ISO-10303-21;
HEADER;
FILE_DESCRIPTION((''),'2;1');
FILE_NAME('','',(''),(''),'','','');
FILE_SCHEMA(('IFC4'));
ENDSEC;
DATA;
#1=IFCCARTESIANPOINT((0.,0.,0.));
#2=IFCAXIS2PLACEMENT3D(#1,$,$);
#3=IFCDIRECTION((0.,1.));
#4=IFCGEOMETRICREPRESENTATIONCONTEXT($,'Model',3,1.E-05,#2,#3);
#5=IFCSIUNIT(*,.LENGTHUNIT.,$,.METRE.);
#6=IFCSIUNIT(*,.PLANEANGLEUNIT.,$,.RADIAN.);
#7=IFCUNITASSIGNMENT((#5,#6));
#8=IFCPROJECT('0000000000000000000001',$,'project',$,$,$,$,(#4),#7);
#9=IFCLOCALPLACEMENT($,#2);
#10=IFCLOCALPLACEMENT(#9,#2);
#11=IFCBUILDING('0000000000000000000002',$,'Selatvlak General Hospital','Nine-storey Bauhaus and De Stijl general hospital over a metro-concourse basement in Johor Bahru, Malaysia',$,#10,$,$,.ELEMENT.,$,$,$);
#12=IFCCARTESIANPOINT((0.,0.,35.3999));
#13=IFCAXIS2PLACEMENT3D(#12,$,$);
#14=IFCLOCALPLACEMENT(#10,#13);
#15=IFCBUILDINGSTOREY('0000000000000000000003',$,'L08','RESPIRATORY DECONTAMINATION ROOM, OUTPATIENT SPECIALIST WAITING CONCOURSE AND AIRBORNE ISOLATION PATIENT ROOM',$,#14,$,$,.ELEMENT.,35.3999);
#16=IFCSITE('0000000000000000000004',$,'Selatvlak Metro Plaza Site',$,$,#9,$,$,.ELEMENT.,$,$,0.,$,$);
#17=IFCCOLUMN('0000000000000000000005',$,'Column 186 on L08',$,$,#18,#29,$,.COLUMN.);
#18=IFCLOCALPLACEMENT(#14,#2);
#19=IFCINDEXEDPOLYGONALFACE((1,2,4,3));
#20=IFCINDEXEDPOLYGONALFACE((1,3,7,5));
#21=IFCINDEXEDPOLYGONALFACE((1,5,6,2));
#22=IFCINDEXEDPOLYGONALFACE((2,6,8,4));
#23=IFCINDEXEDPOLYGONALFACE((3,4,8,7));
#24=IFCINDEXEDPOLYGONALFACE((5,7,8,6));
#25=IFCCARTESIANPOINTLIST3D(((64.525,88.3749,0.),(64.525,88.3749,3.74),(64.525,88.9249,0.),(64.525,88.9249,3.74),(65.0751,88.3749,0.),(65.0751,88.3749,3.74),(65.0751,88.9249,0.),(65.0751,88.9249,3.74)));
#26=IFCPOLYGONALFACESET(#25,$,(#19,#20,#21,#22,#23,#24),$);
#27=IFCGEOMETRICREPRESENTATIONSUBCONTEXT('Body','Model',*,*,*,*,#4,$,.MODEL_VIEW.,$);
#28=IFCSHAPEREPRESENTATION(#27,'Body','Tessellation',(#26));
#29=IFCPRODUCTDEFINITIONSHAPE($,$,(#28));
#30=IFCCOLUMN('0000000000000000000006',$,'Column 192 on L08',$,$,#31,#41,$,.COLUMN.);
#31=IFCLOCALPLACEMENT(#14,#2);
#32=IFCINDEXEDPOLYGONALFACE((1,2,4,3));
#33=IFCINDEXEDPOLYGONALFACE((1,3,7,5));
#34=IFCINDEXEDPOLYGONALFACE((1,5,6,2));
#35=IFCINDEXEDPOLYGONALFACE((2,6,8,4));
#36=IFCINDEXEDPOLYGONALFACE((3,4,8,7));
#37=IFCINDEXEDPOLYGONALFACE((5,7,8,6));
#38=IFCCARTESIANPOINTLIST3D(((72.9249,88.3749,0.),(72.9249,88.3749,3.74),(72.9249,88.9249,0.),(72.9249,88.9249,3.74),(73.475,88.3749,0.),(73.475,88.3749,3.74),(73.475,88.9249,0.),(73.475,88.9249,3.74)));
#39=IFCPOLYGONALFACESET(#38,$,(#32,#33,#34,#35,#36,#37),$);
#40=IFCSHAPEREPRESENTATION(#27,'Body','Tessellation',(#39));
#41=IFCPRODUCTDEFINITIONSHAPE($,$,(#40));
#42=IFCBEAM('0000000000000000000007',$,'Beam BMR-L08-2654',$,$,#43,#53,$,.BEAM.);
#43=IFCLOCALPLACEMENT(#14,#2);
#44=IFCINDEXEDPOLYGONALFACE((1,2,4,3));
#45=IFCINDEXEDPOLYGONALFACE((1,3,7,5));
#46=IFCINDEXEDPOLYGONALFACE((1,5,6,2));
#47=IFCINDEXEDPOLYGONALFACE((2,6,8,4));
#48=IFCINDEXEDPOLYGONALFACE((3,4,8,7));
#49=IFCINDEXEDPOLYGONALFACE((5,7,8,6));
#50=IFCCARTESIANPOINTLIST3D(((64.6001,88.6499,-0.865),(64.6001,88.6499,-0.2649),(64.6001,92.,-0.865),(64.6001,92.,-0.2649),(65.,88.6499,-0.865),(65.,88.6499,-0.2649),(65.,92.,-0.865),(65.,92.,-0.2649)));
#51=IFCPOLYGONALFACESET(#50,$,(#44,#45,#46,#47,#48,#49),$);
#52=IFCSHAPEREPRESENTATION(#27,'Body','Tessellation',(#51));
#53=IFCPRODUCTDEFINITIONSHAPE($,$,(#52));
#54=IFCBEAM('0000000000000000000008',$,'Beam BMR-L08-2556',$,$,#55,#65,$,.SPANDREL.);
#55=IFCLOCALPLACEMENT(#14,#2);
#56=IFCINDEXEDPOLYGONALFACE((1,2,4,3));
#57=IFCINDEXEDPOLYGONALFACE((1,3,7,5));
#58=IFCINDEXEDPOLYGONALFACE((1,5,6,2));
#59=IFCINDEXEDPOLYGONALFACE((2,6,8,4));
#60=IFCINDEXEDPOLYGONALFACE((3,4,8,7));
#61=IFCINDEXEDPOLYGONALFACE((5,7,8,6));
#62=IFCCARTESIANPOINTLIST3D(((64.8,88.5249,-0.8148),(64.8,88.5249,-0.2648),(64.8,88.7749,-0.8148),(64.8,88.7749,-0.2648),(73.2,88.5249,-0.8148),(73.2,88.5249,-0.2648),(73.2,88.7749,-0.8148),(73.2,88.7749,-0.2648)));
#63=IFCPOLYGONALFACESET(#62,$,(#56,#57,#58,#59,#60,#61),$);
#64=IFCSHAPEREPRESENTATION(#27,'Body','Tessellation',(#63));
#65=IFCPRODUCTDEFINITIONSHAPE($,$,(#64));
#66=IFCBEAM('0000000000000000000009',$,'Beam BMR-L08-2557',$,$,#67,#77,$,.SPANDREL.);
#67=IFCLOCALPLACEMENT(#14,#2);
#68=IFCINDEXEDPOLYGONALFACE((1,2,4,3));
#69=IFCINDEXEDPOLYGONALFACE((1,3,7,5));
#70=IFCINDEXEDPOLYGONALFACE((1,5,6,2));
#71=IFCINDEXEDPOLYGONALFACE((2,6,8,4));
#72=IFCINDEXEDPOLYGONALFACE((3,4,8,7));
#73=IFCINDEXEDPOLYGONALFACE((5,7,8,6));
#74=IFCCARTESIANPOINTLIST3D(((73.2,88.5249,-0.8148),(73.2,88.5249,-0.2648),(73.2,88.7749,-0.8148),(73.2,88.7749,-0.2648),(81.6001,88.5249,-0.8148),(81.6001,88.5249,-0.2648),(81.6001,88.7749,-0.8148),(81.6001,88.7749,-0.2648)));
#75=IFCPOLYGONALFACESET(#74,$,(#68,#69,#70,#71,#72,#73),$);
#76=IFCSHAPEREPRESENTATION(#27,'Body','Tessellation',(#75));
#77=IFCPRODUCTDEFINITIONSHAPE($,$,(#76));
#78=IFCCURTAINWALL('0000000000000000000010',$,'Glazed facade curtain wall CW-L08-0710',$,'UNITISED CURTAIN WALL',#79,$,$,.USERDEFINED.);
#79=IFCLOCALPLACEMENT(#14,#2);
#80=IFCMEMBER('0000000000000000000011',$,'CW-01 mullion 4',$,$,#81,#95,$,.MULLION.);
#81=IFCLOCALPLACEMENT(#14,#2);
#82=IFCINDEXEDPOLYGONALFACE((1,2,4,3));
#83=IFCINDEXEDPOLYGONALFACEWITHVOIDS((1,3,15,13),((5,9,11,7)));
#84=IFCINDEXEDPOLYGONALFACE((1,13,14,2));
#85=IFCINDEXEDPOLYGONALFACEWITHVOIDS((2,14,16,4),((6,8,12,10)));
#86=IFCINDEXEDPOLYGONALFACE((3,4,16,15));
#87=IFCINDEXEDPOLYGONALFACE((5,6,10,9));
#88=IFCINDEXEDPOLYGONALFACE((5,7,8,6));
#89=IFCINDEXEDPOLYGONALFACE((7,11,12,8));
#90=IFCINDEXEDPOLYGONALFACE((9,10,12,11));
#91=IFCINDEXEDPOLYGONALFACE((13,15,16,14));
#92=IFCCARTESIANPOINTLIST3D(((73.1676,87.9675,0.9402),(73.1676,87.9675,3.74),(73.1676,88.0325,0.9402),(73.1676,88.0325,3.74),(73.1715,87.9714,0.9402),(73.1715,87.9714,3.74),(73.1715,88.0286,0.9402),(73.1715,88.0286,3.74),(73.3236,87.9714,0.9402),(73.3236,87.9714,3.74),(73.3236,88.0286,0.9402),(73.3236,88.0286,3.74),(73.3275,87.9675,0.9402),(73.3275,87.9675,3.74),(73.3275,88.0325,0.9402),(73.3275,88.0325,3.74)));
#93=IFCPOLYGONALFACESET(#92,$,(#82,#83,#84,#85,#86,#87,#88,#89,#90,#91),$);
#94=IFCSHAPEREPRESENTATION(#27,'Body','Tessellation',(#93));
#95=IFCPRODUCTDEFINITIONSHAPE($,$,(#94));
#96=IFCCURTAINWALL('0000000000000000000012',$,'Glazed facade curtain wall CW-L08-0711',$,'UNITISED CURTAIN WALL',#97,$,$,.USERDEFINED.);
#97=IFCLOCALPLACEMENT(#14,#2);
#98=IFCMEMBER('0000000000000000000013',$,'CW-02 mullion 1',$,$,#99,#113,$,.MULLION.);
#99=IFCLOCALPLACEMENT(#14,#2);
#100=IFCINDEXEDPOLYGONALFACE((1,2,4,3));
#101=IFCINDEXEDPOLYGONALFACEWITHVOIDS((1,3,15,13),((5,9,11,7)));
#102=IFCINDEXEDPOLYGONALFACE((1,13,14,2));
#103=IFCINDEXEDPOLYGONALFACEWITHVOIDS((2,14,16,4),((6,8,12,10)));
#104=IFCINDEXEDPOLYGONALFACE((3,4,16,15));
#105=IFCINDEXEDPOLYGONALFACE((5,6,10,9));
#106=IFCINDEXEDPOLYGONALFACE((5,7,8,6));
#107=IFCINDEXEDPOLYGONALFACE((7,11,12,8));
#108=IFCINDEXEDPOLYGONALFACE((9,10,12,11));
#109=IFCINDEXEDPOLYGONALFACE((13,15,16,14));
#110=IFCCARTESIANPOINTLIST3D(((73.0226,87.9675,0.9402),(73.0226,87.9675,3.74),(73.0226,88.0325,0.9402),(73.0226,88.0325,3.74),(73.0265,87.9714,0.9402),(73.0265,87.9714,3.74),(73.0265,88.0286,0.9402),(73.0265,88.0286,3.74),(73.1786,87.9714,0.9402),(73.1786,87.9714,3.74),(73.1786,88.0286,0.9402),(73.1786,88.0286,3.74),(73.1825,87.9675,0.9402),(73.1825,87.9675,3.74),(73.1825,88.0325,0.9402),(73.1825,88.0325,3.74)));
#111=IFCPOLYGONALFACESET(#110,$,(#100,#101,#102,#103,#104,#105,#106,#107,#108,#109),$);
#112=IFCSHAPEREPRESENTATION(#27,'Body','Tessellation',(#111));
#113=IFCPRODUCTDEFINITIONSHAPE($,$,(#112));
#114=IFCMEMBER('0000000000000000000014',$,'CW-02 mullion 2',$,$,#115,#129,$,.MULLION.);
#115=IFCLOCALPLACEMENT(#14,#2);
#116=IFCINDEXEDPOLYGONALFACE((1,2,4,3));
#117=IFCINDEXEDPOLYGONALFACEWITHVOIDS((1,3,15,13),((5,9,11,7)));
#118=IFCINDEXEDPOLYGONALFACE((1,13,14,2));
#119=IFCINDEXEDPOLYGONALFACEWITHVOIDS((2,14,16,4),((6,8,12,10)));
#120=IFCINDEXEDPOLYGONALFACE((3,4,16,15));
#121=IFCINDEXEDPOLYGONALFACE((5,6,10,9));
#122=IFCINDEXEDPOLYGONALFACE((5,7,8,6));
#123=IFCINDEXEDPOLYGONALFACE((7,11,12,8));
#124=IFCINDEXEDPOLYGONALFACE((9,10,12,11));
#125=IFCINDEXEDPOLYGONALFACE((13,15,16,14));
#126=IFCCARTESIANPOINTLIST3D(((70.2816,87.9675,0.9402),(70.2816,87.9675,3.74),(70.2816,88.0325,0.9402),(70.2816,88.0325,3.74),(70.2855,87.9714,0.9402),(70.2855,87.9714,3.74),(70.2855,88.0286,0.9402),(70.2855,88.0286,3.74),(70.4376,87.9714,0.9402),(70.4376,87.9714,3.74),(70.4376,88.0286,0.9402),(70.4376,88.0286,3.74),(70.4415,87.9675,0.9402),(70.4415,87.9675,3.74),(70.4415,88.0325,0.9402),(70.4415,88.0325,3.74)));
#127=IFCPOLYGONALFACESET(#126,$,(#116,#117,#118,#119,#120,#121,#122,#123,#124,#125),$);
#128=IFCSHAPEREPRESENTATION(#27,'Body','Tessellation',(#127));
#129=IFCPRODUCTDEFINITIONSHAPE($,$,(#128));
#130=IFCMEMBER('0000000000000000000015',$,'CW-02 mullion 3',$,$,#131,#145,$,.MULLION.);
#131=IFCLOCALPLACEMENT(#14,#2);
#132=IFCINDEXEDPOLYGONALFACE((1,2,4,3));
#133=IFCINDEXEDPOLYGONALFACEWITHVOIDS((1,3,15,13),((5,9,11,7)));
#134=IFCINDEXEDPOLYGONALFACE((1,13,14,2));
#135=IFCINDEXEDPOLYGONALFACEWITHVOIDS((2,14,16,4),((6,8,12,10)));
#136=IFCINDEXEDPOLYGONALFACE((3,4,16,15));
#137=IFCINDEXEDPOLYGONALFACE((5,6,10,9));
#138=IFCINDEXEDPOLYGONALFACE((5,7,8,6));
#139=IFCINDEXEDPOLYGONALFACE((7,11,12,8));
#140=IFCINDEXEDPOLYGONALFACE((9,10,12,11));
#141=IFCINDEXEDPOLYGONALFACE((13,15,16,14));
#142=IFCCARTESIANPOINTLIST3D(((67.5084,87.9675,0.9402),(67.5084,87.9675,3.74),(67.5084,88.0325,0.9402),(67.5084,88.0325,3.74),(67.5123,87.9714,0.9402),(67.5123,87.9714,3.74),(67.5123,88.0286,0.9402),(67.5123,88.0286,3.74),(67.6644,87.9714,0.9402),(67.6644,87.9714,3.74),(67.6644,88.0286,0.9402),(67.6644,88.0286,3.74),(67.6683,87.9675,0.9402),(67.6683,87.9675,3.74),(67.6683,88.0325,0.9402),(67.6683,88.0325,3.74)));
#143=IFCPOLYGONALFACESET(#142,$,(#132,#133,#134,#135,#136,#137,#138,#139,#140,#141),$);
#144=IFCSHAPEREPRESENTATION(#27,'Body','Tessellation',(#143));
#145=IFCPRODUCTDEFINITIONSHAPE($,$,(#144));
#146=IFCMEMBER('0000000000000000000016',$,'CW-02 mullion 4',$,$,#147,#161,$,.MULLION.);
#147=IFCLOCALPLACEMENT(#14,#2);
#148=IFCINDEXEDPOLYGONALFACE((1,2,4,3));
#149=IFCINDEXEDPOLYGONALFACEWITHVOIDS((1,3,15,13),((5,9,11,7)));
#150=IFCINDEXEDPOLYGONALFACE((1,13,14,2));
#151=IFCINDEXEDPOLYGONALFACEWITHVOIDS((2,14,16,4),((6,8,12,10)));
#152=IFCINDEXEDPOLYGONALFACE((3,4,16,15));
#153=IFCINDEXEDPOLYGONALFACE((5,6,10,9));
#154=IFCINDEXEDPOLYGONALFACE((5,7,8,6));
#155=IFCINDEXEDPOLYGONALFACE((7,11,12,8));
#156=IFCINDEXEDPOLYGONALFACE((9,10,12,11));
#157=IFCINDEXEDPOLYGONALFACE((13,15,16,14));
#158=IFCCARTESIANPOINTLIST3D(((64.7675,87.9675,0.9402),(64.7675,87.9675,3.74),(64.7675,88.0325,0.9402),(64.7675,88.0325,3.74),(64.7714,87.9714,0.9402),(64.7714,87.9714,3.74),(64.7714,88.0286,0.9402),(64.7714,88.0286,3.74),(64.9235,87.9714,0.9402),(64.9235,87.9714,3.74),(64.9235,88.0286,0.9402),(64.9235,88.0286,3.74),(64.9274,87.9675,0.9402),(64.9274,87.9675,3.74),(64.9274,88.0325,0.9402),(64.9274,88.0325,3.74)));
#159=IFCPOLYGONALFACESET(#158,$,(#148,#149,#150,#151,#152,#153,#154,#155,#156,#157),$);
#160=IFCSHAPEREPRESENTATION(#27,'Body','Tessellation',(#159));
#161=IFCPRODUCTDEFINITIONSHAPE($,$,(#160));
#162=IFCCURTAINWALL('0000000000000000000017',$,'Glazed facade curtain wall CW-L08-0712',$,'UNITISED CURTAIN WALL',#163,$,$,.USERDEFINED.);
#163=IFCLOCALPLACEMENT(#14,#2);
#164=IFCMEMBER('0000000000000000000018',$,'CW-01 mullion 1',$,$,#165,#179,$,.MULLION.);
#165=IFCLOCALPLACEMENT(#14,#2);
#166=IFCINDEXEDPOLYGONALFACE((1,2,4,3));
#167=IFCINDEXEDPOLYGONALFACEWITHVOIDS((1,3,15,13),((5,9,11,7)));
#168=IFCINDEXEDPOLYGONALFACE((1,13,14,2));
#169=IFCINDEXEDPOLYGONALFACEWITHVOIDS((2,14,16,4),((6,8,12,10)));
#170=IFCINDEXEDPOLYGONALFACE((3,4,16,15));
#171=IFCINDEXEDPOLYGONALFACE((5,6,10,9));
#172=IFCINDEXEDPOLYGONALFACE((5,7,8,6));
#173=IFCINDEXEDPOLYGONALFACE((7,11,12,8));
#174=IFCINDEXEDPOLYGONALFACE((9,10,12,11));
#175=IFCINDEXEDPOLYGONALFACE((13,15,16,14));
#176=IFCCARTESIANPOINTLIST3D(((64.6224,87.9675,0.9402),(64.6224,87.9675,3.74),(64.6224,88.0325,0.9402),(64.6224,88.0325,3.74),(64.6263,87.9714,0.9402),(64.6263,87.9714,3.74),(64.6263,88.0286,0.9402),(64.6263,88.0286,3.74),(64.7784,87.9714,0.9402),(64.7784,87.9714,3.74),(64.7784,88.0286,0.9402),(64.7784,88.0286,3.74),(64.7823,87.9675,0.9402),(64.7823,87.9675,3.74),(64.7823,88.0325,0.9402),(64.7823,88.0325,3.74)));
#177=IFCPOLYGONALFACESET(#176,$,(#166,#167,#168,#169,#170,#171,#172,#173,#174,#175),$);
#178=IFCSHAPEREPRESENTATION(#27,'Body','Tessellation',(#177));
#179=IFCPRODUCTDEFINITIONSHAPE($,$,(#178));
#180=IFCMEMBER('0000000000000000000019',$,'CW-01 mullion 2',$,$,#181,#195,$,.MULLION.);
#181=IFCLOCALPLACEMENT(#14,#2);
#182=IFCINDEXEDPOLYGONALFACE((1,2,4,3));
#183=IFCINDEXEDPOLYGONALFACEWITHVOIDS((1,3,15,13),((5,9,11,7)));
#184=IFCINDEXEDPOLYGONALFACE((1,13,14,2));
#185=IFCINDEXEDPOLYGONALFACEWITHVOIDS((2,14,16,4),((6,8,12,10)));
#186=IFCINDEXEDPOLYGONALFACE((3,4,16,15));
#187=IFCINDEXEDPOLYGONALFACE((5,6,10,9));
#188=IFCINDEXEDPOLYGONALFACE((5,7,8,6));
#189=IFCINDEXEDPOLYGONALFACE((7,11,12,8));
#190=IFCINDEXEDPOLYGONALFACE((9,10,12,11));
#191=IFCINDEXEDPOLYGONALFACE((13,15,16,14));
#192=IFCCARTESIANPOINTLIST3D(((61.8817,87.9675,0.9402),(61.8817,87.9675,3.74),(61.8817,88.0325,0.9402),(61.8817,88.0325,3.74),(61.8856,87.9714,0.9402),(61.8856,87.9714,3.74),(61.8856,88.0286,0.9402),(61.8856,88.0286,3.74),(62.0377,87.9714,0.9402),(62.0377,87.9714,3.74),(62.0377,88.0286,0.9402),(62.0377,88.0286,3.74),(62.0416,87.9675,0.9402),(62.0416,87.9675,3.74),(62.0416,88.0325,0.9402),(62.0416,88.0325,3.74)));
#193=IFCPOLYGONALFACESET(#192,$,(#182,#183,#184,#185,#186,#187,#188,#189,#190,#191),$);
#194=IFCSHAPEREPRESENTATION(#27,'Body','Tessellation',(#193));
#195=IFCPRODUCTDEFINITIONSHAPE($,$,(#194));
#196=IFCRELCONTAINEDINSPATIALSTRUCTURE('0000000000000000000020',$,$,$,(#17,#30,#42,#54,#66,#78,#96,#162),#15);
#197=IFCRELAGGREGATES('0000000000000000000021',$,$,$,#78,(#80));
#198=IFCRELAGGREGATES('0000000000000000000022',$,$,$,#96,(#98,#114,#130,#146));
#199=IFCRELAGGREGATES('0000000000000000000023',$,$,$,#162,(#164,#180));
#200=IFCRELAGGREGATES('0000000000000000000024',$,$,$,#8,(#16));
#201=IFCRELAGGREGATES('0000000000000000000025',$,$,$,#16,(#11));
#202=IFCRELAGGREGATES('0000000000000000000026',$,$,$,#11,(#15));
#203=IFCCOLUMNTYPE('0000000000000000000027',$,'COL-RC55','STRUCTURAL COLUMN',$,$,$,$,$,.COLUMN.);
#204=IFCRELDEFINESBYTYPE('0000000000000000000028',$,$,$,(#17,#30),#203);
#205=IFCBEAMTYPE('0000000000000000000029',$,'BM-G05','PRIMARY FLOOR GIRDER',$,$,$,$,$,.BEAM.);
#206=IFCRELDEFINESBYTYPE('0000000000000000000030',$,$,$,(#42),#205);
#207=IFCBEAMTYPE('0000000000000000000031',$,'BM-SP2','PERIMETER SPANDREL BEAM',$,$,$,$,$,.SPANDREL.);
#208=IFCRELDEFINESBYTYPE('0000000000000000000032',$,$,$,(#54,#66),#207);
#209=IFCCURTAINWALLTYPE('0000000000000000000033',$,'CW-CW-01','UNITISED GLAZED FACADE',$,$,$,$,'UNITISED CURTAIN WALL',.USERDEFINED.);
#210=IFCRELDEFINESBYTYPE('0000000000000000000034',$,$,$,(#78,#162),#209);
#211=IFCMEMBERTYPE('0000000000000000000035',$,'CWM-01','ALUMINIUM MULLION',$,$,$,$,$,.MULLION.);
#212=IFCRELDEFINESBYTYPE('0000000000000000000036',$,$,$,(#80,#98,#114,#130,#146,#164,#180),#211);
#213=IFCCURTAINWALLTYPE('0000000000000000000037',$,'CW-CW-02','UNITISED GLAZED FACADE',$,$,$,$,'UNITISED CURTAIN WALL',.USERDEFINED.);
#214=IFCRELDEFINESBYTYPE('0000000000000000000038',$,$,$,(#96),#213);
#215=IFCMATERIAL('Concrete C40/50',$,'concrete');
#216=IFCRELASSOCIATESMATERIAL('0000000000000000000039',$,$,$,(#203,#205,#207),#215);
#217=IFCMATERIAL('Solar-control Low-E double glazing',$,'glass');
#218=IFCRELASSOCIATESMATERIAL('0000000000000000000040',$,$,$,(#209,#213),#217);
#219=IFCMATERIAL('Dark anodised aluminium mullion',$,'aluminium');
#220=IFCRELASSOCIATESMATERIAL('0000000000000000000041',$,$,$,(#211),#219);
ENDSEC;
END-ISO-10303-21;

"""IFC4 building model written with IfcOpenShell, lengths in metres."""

from ifc_helpers import new_model, si_unit, direction, frame, origin, origin_2d, place, context, subcontext, project, spatial, rectangle, hollow_rectangle, extrude, material, material_profile, profile_set, type_object, element, aggregate, save


model = new_model("IFC4")

# Units and contexts
model_context = context("Model", 3, precision=1e-05, world=origin(), true_north=direction((0.0, 1.0)))
body_context = subcontext(model_context, "Body", "Model", "MODEL_VIEW")
ifc_project = project(units=[si_unit("LENGTHUNIT", "METRE"), si_unit("PLANEANGLEUNIT", "RADIAN")], contexts=[model_context])

# Site, building, storey
site_placement = place(None, origin())
site = spatial("IfcSite", under=ifc_project, at=site_placement, Name="Selatvlak Metro Plaza Site", CompositionType="ELEMENT", RefElevation=0.0)
building_placement = place(site_placement, origin())
building = spatial("IfcBuilding", under=site, at=building_placement, Name="Selatvlak General Hospital", Description="Nine-storey Bauhaus and De Stijl general hospital over a metro-concourse basement in Johor Bahru, Malaysia", CompositionType="ELEMENT")
storey_placement = place(building_placement, frame((0.0, 0.0, 35.3999)))
storey = spatial("IfcBuildingStorey", under=building, at=storey_placement, Name="L08", Description="RESPIRATORY DECONTAMINATION ROOM, OUTPATIENT SPECIALIST WAITING CONCOURSE AND AIRBORNE ISOLATION PATIENT ROOM", CompositionType="ELEMENT", Elevation=35.3999)

# Columns
ifc_material_1 = material(Name="Concrete C40/50", Category="concrete")
ifc_material_profile_1 = material_profile(ifc_material_1, rectangle(XDim=0.55, YDim=0.55, at=origin_2d()), Name="RC-COL 550x550")
ifc_profile_set_1 = profile_set([ifc_material_profile_1], Name="Concrete C40/50")
column_type = type_object("IfcColumnType", Name="COL-RC55", Description="STRUCTURAL COLUMN", PredefinedType="COLUMN", material=ifc_profile_set_1)
for number, where, z_axis, x_axis, name in (
    (1, (64.8, 88.6499, 0.0), (0.0, 0.0, 1.0), (1.0, 0.0, 0.0), "Column 186 on L08"),
    (2, (73.2, 88.6499, 0.0), (0.0, 0.0, 1.0), (1.0, 0.0, 0.0), "Column 192 on L08"),
):
    element("IfcColumn", number, at=place(storey_placement, frame(where, z_axis=z_axis, x_axis=x_axis)), inside=storey, type_object=column_type, Name=name, PredefinedType="COLUMN", context=body_context, shape_type="SweptSolid", body=[
        extrude(rectangle(XDim=0.55, YDim=0.55, at=origin_2d()), origin(), (0.0, 0.0, 1.0), 3.74),
    ])

# Beams
ifc_material_profile_2 = material_profile(ifc_material_1, rectangle(XDim=0.3999, YDim=0.6001, at=origin_2d()), Name="RC-BM 400x600")
ifc_profile_set_2 = profile_set([ifc_material_profile_2], Name="Concrete C40/50")
beam_type_1 = type_object("IfcBeamType", Name="BM-G05", Description="PRIMARY FLOOR GIRDER", PredefinedType="BEAM", material=ifc_profile_set_2)
beam_1_placement = place(storey_placement, frame((64.8, 88.6499, -0.5649), z_axis=(0.0, 1.0, 0.0), x_axis=(-1.0, 0.0, 0.0)))
element("IfcBeam", 3, at=beam_1_placement, inside=storey, type_object=beam_type_1, Name="Beam BMR-L08-2654", PredefinedType="BEAM", context=body_context, shape_type="SweptSolid", body=[
    extrude(rectangle(XDim=0.3999, YDim=0.6001, at=origin_2d()), origin(), (0.0, 0.0, 1.0), 3.3501),
])
ifc_material_profile_3 = material_profile(ifc_material_1, rectangle(XDim=0.25, YDim=0.55, at=origin_2d()), Name="RC-SP 250x550")
ifc_profile_set_3 = profile_set([ifc_material_profile_3], Name="Concrete C40/50")
beam_type_2 = type_object("IfcBeamType", Name="BM-SP2", Description="PERIMETER SPANDREL BEAM", PredefinedType="SPANDREL", material=ifc_profile_set_3)
beam_2_placement = place(storey_placement, frame((64.8, 88.6499, -0.5398), z_axis=(1.0, 0.0, 0.0), x_axis=(0.0, 1.0, 0.0)))
element("IfcBeam", 4, at=beam_2_placement, inside=storey, type_object=beam_type_2, Name="Beam BMR-L08-2556", PredefinedType="SPANDREL", context=body_context, shape_type="SweptSolid", body=[
    extrude(rectangle(XDim=0.25, YDim=0.55, at=origin_2d()), origin(), (0.0, 0.0, 1.0), 8.3999),
])
beam_3_placement = place(storey_placement, frame((73.2, 88.6499, -0.5398), z_axis=(1.0, 0.0, 0.0), x_axis=(0.0, 1.0, 0.0)))
element("IfcBeam", 5, at=beam_3_placement, inside=storey, type_object=beam_type_2, Name="Beam BMR-L08-2557", PredefinedType="SPANDREL", context=body_context, shape_type="SweptSolid", body=[
    extrude(rectangle(XDim=0.25, YDim=0.55, at=origin_2d()), origin(), (0.0, 0.0, 1.0), 8.4001),
])

# Curtain wall, member
ifc_material_2 = material(Name="Solar-control Low-E double glazing", Category="glass")
curtain_wall_type_1 = type_object("IfcCurtainWallType", Name="CW-CW-01", Description="UNITISED GLAZED FACADE", ElementType="UNITISED CURTAIN WALL", PredefinedType="USERDEFINED", material=ifc_material_2)
curtain_wall_1_placement = place(storey_placement, origin())
curtain_wall_1 = element("IfcCurtainWall", 6, at=curtain_wall_1_placement, inside=storey, type_object=curtain_wall_type_1, Name="Glazed facade curtain wall CW-L08-0710", ObjectType="UNITISED CURTAIN WALL", PredefinedType="USERDEFINED")
ifc_material_3 = material(Name="Dark anodised aluminium mullion", Category="aluminium")
ifc_material_profile_4 = material_profile(ifc_material_3, hollow_rectangle(XDim=0.0649, YDim=0.1599, WallThickness=0.0039, at=origin_2d()), Name="AL-MUL 65x160x4")
ifc_profile_set_4 = profile_set([ifc_material_profile_4], Name="Dark anodised aluminium mullion")
member_type_1 = type_object("IfcMemberType", Name="CWM-01", Description="ALUMINIUM MULLION", PredefinedType="MULLION", material=ifc_profile_set_4)
member_1_placement = place(storey_placement, frame((73.2476, 88.0, 0.9402), z_axis=(0.0, 0.0, 1.0), x_axis=(0.0, -1.0, 0.0)))
member_1 = element("IfcMember", 7, at=member_1_placement, type_object=member_type_1, Name="CW-01 mullion 4", PredefinedType="MULLION", context=body_context, shape_type="SweptSolid", body=[
    extrude(hollow_rectangle(XDim=0.0649, YDim=0.1599, WallThickness=0.0039, at=origin_2d()), origin(), (0.0, 0.0, 1.0), 2.7998),
])

# Curtain walls, members
curtain_wall_type_2 = type_object("IfcCurtainWallType", Name="CW-CW-02", Description="UNITISED GLAZED FACADE", ElementType="UNITISED CURTAIN WALL", PredefinedType="USERDEFINED", material=ifc_material_2)
curtain_wall_2_placement = place(storey_placement, origin())
curtain_wall_2 = element("IfcCurtainWall", 8, at=curtain_wall_2_placement, inside=storey, type_object=curtain_wall_type_2, Name="Glazed facade curtain wall CW-L08-0711", ObjectType="UNITISED CURTAIN WALL", PredefinedType="USERDEFINED")
member_2_placement = place(storey_placement, frame((73.1025, 88.0, 0.9402), z_axis=(0.0, 0.0, 1.0), x_axis=(0.0, -1.0, 0.0)))
member_2 = element("IfcMember", 9, at=member_2_placement, type_object=member_type_1, Name="CW-02 mullion 1", PredefinedType="MULLION", context=body_context, shape_type="SweptSolid", body=[
    extrude(hollow_rectangle(XDim=0.0649, YDim=0.1599, WallThickness=0.0039, at=origin_2d()), origin(), (0.0, 0.0, 1.0), 2.7998),
])
member_3_placement = place(storey_placement, frame((70.3616, 88.0, 0.9402), z_axis=(0.0, 0.0, 1.0), x_axis=(0.0, -1.0, 0.0)))
member_3 = element("IfcMember", 10, at=member_3_placement, type_object=member_type_1, Name="CW-02 mullion 2", PredefinedType="MULLION", context=body_context, shape_type="SweptSolid", body=[
    extrude(hollow_rectangle(XDim=0.0649, YDim=0.1599, WallThickness=0.0039, at=origin_2d()), origin(), (0.0, 0.0, 1.0), 2.7998),
])
member_4_placement = place(storey_placement, frame((67.5884, 88.0, 0.9402), z_axis=(0.0, 0.0, 1.0), x_axis=(0.0, -1.0, 0.0)))
member_4 = element("IfcMember", 11, at=member_4_placement, type_object=member_type_1, Name="CW-02 mullion 3", PredefinedType="MULLION", context=body_context, shape_type="SweptSolid", body=[
    extrude(hollow_rectangle(XDim=0.0649, YDim=0.1599, WallThickness=0.0039, at=origin_2d()), origin(), (0.0, 0.0, 1.0), 2.7998),
])
member_5_placement = place(storey_placement, frame((64.8474, 88.0, 0.9402), z_axis=(0.0, 0.0, 1.0), x_axis=(0.0, -1.0, 0.0)))
member_5 = element("IfcMember", 12, at=member_5_placement, type_object=member_type_1, Name="CW-02 mullion 4", PredefinedType="MULLION", context=body_context, shape_type="SweptSolid", body=[
    extrude(hollow_rectangle(XDim=0.0649, YDim=0.1599, WallThickness=0.0039, at=origin_2d()), origin(), (0.0, 0.0, 1.0), 2.7998),
])
curtain_wall_3_placement = place(storey_placement, origin())
curtain_wall_3 = element("IfcCurtainWall", 13, at=curtain_wall_3_placement, inside=storey, type_object=curtain_wall_type_1, Name="Glazed facade curtain wall CW-L08-0712", ObjectType="UNITISED CURTAIN WALL", PredefinedType="USERDEFINED")
member_6_placement = place(storey_placement, frame((64.7024, 88.0, 0.9402), z_axis=(0.0, 0.0, 1.0), x_axis=(0.0, -1.0, 0.0)))
member_6 = element("IfcMember", 14, at=member_6_placement, type_object=member_type_1, Name="CW-01 mullion 1", PredefinedType="MULLION", context=body_context, shape_type="SweptSolid", body=[
    extrude(hollow_rectangle(XDim=0.0649, YDim=0.1599, WallThickness=0.0039, at=origin_2d()), origin(), (0.0, 0.0, 1.0), 2.7998),
])
member_7_placement = place(storey_placement, frame((61.9617, 88.0, 0.9402), z_axis=(0.0, 0.0, 1.0), x_axis=(0.0, -1.0, 0.0)))
member_7 = element("IfcMember", 15, at=member_7_placement, type_object=member_type_1, Name="CW-01 mullion 2", PredefinedType="MULLION", context=body_context, shape_type="SweptSolid", body=[
    extrude(hollow_rectangle(XDim=0.0649, YDim=0.1599, WallThickness=0.0039, at=origin_2d()), origin(), (0.0, 0.0, 1.0), 2.7998),
])

aggregate(curtain_wall_1, [member_1])
aggregate(curtain_wall_2, [member_2, member_3, member_4, member_5])
aggregate(curtain_wall_3, [member_6, member_7])

save(model, "model.ifc")
